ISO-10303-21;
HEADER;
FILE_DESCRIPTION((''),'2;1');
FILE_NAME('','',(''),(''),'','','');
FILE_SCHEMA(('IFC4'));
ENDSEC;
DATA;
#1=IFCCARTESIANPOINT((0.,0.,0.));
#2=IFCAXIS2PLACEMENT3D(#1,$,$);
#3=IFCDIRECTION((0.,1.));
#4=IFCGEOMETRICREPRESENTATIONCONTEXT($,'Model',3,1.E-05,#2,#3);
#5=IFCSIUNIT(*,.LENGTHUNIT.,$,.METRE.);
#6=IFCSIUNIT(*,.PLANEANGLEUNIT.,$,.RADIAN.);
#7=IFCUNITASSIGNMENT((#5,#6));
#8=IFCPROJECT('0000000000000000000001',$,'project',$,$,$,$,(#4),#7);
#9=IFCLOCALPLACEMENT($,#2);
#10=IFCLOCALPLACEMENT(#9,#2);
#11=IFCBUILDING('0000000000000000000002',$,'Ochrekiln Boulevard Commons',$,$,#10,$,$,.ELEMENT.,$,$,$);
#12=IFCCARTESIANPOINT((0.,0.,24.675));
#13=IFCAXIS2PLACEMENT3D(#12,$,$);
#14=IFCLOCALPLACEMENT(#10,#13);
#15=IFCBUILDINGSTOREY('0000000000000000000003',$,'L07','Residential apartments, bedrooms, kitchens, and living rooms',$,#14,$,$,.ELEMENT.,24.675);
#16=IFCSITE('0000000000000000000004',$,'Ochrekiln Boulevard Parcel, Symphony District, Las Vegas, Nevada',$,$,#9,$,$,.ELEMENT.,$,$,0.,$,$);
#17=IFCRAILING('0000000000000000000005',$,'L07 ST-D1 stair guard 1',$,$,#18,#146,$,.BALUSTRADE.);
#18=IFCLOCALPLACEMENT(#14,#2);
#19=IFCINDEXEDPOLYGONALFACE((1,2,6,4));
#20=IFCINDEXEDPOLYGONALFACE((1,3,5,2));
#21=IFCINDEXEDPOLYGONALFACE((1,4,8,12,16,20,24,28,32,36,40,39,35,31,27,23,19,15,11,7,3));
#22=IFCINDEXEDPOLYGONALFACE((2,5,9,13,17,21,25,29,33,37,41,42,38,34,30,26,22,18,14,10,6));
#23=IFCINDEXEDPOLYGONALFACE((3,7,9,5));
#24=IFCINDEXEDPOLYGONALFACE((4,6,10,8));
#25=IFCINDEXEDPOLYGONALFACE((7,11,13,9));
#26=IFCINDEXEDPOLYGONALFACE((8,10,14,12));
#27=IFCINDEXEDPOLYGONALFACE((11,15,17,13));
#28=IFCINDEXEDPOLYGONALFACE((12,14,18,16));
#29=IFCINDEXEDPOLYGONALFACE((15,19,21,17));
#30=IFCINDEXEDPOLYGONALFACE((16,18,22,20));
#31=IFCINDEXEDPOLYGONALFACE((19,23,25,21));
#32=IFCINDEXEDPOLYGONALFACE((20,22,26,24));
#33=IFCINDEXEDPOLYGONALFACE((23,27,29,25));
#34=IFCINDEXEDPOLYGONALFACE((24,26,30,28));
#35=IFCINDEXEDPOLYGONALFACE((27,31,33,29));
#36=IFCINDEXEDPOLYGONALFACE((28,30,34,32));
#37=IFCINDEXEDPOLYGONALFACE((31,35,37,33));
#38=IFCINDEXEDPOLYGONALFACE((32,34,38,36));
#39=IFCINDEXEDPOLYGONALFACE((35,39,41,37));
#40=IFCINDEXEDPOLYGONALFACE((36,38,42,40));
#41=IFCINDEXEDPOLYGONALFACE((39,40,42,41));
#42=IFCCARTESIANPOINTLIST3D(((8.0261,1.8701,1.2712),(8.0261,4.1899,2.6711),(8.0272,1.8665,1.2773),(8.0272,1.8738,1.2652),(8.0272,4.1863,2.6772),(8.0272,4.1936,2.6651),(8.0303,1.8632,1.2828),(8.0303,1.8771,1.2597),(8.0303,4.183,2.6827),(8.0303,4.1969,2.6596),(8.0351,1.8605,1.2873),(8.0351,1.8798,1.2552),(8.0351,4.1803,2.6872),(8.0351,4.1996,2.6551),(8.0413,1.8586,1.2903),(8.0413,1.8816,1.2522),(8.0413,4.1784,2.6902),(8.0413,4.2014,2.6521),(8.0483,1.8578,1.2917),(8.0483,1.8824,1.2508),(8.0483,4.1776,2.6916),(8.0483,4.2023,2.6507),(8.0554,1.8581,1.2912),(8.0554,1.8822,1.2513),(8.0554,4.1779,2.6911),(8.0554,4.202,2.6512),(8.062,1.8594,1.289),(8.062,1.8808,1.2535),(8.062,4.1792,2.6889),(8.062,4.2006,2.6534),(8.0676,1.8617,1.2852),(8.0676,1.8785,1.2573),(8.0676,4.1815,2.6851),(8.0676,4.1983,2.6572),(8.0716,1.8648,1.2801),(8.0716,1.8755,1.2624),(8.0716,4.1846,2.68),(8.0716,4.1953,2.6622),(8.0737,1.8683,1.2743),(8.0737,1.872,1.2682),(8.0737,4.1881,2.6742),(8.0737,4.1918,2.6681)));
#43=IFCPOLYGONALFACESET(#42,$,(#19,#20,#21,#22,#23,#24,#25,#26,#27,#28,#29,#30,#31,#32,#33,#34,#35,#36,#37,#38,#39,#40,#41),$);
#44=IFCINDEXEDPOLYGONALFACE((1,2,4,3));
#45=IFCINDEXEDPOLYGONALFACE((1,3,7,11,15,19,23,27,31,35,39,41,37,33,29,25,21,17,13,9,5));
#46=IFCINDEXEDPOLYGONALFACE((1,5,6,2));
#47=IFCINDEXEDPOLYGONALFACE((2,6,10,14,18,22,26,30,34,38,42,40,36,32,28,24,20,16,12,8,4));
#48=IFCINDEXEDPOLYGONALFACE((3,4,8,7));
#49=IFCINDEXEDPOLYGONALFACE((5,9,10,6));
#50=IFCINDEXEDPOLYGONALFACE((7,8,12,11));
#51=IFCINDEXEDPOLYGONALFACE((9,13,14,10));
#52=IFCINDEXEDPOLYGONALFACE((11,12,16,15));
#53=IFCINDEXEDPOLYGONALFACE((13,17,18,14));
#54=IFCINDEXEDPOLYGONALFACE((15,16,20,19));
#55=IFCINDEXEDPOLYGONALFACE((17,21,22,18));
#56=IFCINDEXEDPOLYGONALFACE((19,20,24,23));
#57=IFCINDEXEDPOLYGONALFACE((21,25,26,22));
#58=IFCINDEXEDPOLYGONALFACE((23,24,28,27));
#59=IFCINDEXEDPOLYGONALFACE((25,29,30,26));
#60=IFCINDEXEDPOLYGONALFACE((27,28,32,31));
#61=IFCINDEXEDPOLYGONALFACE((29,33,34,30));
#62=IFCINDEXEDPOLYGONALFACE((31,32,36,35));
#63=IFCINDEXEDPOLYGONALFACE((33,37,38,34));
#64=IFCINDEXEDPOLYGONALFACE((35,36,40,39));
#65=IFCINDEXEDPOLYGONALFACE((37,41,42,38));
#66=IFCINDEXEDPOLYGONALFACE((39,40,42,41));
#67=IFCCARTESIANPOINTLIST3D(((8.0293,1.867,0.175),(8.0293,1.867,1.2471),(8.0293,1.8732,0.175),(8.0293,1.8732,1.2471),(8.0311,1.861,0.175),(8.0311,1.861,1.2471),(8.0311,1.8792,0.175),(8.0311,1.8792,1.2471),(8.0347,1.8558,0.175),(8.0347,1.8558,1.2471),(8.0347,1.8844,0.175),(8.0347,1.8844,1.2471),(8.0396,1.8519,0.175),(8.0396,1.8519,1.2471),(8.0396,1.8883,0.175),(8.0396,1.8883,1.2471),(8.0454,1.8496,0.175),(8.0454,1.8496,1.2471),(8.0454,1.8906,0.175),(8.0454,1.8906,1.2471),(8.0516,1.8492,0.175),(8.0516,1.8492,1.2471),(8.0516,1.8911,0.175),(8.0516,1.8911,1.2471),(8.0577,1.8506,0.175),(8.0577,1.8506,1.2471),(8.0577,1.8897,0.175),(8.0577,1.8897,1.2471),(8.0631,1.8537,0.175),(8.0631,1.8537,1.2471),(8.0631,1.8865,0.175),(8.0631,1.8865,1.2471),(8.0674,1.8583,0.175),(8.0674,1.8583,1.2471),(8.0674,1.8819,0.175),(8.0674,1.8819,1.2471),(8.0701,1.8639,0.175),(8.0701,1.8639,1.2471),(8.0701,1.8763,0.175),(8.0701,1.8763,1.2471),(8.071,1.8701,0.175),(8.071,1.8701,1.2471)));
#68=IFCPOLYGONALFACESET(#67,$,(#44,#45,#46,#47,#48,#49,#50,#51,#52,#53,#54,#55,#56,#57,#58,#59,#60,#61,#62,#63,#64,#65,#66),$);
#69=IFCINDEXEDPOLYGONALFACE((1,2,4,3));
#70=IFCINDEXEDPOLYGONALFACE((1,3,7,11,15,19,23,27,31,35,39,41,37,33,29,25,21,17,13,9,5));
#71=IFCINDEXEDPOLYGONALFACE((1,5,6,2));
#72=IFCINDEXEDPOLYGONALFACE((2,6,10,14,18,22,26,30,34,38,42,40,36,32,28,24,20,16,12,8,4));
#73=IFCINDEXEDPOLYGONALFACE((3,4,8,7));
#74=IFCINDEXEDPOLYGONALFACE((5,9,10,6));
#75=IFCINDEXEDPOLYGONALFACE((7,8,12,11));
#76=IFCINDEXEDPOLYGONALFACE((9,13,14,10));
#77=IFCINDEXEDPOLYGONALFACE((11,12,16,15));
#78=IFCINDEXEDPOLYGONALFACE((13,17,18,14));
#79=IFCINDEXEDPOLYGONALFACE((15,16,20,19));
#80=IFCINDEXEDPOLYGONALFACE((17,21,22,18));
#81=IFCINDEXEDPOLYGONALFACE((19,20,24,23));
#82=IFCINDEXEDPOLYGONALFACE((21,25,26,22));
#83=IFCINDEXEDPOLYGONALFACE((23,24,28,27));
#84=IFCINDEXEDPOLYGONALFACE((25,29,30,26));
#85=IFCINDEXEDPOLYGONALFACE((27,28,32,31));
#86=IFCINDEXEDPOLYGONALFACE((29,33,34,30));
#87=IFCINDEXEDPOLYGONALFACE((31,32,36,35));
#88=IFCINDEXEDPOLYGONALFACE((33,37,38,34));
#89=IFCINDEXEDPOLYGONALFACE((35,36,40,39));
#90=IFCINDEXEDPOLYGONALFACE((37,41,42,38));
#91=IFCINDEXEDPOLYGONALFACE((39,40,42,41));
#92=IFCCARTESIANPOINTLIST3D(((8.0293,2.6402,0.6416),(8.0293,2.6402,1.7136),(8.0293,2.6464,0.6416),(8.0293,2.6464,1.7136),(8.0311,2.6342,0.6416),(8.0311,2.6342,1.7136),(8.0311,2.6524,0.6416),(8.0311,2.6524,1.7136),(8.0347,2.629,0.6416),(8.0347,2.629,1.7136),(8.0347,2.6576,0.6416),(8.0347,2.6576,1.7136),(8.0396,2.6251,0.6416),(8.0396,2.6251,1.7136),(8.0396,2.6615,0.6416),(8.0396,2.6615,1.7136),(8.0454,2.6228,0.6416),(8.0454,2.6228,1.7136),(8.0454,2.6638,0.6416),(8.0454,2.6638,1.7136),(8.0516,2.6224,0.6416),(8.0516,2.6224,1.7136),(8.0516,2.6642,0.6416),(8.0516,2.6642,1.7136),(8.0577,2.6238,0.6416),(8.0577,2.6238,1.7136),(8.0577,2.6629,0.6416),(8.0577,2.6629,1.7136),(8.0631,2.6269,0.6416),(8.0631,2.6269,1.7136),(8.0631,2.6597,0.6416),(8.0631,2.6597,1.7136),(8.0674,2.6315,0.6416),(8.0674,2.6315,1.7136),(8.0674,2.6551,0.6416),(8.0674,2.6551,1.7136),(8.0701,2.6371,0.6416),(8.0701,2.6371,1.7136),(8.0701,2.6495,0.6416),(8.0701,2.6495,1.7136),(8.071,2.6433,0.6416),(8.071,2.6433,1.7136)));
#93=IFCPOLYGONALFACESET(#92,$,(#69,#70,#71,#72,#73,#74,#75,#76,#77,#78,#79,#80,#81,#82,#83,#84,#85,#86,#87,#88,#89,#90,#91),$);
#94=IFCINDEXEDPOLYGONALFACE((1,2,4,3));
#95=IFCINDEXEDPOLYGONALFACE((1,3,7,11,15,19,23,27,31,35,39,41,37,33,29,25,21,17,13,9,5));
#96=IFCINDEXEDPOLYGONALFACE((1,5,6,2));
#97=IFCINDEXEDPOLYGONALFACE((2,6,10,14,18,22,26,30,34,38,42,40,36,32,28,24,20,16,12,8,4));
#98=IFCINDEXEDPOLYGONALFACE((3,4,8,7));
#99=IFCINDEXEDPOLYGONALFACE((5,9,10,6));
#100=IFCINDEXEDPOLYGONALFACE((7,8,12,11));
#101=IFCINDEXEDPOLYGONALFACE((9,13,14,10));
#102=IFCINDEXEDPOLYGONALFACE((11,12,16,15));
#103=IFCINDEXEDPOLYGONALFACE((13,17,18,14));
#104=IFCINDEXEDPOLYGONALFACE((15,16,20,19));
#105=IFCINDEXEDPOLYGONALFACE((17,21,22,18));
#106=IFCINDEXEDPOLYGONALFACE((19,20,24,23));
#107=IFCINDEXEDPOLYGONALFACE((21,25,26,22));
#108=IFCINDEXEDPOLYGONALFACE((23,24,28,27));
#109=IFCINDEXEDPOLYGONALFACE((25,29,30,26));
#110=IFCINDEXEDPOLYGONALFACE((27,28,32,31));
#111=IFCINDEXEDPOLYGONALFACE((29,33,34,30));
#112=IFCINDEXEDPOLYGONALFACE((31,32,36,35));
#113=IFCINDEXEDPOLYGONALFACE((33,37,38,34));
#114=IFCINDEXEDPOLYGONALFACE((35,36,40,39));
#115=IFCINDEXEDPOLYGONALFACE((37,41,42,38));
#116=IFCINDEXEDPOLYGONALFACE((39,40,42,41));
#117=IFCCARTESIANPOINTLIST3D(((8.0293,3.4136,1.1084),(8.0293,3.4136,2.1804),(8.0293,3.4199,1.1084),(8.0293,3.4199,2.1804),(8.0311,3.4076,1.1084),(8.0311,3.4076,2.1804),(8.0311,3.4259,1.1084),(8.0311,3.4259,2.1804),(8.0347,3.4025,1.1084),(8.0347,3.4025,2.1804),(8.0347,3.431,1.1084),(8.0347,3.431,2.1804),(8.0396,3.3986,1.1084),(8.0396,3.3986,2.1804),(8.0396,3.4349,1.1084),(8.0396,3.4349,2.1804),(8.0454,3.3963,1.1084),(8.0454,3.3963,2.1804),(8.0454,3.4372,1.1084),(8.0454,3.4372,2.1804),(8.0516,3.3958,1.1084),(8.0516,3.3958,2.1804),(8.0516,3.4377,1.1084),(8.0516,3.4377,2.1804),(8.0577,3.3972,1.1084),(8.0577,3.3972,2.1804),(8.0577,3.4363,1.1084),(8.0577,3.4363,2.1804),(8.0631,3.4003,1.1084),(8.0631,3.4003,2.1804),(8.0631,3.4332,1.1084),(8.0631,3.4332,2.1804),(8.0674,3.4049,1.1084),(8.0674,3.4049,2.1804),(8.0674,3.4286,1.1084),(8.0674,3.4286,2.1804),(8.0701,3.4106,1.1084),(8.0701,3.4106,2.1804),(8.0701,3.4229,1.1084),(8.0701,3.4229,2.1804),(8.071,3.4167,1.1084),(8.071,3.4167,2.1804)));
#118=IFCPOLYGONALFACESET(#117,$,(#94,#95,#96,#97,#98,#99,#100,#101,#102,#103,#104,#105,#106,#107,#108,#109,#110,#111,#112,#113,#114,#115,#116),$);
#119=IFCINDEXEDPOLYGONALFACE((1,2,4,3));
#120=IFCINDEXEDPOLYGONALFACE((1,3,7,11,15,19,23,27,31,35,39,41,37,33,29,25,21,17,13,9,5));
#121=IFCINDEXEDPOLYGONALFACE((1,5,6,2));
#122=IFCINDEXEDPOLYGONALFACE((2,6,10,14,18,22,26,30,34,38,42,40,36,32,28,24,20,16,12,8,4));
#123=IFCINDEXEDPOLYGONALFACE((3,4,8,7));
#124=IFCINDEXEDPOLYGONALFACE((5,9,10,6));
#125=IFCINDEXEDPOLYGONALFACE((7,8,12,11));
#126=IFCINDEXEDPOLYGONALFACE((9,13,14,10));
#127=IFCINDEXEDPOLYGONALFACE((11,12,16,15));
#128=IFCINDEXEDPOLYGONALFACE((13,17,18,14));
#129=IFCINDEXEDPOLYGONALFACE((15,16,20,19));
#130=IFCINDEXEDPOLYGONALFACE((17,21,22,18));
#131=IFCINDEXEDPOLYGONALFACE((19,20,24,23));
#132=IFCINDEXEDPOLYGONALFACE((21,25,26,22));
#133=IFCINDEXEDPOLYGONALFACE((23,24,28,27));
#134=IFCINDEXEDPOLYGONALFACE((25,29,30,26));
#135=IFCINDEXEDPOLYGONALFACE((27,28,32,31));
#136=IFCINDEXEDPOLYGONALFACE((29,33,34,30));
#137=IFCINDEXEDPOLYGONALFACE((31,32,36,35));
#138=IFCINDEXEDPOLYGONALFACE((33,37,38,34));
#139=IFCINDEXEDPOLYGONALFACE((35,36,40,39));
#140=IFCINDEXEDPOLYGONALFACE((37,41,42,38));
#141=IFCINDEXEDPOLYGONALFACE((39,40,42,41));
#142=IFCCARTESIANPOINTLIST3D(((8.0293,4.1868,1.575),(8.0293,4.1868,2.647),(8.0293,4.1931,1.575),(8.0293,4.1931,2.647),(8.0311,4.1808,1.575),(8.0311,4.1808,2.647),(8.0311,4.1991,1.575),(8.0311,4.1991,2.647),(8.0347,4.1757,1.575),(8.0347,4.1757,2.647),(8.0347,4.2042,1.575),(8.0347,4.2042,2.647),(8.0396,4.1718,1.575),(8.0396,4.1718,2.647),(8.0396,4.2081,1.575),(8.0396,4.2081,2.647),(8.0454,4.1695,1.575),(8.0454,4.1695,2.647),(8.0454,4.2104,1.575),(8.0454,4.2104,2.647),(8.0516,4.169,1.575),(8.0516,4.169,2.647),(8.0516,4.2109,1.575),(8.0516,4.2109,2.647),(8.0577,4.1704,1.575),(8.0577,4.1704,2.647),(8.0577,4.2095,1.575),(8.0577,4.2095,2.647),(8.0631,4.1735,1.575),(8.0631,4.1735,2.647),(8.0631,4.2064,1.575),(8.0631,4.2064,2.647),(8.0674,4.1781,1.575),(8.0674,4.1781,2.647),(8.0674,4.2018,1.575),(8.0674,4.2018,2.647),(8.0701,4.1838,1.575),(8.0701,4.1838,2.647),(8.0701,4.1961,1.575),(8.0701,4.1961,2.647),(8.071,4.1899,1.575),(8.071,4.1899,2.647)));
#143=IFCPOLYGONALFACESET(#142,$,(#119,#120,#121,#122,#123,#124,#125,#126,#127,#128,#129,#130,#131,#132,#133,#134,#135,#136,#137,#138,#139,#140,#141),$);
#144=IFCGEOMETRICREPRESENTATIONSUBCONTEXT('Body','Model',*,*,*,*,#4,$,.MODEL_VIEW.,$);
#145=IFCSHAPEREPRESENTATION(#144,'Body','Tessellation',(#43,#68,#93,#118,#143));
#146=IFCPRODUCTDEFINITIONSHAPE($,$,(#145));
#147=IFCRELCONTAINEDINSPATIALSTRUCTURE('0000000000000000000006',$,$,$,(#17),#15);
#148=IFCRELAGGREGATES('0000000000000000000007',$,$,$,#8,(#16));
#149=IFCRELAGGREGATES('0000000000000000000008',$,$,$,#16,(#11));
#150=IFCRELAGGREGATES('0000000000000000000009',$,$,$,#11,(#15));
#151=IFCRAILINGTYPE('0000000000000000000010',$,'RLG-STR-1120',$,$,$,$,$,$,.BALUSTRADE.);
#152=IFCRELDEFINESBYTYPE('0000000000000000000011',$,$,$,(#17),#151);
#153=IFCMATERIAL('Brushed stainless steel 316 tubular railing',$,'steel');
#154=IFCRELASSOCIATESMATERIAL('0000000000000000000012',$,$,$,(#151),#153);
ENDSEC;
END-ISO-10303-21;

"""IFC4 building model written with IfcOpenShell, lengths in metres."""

from ifc_helpers import new_model, si_unit, direction, frame, origin, origin_2d, place, context, subcontext, project, spatial, circle, extrude, material, type_object, element, save


model = new_model("IFC4")

# Units and contexts
model_context = context("Model", 3, precision=1e-05, world=origin(), true_north=direction((0.0, 1.0)))
body_context = subcontext(model_context, "Body", "Model", "MODEL_VIEW")
ifc_project = project(units=[si_unit("LENGTHUNIT", "METRE"), si_unit("PLANEANGLEUNIT", "RADIAN")], contexts=[model_context])

# Site, building, storey
site_placement = place(None, origin())
site = spatial("IfcSite", under=ifc_project, at=site_placement, Name="Ochrekiln Boulevard Parcel, Symphony District, Las Vegas, Nevada", CompositionType="ELEMENT", RefElevation=0.0)
building_placement = place(site_placement, origin())
building = spatial("IfcBuilding", under=site, at=building_placement, Name="Ochrekiln Boulevard Commons", CompositionType="ELEMENT")
storey_placement = place(building_placement, frame((0.0, 0.0, 24.675)))
storey = spatial("IfcBuildingStorey", under=building, at=storey_placement, Name="L07", Description="Residential apartments, bedrooms, kitchens, and living rooms", CompositionType="ELEMENT", Elevation=24.675)

# Railing
ifc_material_1 = material(Name="Brushed stainless steel 316 tubular railing", Category="steel")
railing_type_1 = type_object("IfcRailingType", Name="RLG-STR-1120", PredefinedType="BALUSTRADE", material=ifc_material_1)
railing_1_placement = place(storey_placement, frame((8.05, 1.8701, 0.175)))
element("IfcRailing", 1, at=railing_1_placement, inside=storey, type_object=railing_type_1, Name="L07 ST-D1 stair guard 1", PredefinedType="BALUSTRADE", context=body_context, shape_type="SweptSolid", body=[
    extrude(circle(Radius=0.0239, at=origin_2d()), frame((0.0, 0.0, 1.0962), z_axis=(0.0, 0.856186, 0.516667), x_axis=(-1.0, 0.0, 0.0)), (0.0, 0.0, 1.0), 2.7095),
    extrude(circle(Radius=0.021, at=origin_2d()), origin(), (0.0, 0.0, 1.0), 1.072),
    extrude(circle(Radius=0.021, at=origin_2d()), frame((0.0, 0.7732, 0.4666)), (0.0, 0.0, 1.0), 1.072),
    extrude(circle(Radius=0.021, at=origin_2d()), frame((0.0, 1.5466, 0.9333)), (0.0, 0.0, 1.0), 1.072),
    extrude(circle(Radius=0.021, at=origin_2d()), frame((0.0, 2.3198, 1.3999)), (0.0, 0.0, 1.0), 1.072),
])

save(model, "model.ifc")
